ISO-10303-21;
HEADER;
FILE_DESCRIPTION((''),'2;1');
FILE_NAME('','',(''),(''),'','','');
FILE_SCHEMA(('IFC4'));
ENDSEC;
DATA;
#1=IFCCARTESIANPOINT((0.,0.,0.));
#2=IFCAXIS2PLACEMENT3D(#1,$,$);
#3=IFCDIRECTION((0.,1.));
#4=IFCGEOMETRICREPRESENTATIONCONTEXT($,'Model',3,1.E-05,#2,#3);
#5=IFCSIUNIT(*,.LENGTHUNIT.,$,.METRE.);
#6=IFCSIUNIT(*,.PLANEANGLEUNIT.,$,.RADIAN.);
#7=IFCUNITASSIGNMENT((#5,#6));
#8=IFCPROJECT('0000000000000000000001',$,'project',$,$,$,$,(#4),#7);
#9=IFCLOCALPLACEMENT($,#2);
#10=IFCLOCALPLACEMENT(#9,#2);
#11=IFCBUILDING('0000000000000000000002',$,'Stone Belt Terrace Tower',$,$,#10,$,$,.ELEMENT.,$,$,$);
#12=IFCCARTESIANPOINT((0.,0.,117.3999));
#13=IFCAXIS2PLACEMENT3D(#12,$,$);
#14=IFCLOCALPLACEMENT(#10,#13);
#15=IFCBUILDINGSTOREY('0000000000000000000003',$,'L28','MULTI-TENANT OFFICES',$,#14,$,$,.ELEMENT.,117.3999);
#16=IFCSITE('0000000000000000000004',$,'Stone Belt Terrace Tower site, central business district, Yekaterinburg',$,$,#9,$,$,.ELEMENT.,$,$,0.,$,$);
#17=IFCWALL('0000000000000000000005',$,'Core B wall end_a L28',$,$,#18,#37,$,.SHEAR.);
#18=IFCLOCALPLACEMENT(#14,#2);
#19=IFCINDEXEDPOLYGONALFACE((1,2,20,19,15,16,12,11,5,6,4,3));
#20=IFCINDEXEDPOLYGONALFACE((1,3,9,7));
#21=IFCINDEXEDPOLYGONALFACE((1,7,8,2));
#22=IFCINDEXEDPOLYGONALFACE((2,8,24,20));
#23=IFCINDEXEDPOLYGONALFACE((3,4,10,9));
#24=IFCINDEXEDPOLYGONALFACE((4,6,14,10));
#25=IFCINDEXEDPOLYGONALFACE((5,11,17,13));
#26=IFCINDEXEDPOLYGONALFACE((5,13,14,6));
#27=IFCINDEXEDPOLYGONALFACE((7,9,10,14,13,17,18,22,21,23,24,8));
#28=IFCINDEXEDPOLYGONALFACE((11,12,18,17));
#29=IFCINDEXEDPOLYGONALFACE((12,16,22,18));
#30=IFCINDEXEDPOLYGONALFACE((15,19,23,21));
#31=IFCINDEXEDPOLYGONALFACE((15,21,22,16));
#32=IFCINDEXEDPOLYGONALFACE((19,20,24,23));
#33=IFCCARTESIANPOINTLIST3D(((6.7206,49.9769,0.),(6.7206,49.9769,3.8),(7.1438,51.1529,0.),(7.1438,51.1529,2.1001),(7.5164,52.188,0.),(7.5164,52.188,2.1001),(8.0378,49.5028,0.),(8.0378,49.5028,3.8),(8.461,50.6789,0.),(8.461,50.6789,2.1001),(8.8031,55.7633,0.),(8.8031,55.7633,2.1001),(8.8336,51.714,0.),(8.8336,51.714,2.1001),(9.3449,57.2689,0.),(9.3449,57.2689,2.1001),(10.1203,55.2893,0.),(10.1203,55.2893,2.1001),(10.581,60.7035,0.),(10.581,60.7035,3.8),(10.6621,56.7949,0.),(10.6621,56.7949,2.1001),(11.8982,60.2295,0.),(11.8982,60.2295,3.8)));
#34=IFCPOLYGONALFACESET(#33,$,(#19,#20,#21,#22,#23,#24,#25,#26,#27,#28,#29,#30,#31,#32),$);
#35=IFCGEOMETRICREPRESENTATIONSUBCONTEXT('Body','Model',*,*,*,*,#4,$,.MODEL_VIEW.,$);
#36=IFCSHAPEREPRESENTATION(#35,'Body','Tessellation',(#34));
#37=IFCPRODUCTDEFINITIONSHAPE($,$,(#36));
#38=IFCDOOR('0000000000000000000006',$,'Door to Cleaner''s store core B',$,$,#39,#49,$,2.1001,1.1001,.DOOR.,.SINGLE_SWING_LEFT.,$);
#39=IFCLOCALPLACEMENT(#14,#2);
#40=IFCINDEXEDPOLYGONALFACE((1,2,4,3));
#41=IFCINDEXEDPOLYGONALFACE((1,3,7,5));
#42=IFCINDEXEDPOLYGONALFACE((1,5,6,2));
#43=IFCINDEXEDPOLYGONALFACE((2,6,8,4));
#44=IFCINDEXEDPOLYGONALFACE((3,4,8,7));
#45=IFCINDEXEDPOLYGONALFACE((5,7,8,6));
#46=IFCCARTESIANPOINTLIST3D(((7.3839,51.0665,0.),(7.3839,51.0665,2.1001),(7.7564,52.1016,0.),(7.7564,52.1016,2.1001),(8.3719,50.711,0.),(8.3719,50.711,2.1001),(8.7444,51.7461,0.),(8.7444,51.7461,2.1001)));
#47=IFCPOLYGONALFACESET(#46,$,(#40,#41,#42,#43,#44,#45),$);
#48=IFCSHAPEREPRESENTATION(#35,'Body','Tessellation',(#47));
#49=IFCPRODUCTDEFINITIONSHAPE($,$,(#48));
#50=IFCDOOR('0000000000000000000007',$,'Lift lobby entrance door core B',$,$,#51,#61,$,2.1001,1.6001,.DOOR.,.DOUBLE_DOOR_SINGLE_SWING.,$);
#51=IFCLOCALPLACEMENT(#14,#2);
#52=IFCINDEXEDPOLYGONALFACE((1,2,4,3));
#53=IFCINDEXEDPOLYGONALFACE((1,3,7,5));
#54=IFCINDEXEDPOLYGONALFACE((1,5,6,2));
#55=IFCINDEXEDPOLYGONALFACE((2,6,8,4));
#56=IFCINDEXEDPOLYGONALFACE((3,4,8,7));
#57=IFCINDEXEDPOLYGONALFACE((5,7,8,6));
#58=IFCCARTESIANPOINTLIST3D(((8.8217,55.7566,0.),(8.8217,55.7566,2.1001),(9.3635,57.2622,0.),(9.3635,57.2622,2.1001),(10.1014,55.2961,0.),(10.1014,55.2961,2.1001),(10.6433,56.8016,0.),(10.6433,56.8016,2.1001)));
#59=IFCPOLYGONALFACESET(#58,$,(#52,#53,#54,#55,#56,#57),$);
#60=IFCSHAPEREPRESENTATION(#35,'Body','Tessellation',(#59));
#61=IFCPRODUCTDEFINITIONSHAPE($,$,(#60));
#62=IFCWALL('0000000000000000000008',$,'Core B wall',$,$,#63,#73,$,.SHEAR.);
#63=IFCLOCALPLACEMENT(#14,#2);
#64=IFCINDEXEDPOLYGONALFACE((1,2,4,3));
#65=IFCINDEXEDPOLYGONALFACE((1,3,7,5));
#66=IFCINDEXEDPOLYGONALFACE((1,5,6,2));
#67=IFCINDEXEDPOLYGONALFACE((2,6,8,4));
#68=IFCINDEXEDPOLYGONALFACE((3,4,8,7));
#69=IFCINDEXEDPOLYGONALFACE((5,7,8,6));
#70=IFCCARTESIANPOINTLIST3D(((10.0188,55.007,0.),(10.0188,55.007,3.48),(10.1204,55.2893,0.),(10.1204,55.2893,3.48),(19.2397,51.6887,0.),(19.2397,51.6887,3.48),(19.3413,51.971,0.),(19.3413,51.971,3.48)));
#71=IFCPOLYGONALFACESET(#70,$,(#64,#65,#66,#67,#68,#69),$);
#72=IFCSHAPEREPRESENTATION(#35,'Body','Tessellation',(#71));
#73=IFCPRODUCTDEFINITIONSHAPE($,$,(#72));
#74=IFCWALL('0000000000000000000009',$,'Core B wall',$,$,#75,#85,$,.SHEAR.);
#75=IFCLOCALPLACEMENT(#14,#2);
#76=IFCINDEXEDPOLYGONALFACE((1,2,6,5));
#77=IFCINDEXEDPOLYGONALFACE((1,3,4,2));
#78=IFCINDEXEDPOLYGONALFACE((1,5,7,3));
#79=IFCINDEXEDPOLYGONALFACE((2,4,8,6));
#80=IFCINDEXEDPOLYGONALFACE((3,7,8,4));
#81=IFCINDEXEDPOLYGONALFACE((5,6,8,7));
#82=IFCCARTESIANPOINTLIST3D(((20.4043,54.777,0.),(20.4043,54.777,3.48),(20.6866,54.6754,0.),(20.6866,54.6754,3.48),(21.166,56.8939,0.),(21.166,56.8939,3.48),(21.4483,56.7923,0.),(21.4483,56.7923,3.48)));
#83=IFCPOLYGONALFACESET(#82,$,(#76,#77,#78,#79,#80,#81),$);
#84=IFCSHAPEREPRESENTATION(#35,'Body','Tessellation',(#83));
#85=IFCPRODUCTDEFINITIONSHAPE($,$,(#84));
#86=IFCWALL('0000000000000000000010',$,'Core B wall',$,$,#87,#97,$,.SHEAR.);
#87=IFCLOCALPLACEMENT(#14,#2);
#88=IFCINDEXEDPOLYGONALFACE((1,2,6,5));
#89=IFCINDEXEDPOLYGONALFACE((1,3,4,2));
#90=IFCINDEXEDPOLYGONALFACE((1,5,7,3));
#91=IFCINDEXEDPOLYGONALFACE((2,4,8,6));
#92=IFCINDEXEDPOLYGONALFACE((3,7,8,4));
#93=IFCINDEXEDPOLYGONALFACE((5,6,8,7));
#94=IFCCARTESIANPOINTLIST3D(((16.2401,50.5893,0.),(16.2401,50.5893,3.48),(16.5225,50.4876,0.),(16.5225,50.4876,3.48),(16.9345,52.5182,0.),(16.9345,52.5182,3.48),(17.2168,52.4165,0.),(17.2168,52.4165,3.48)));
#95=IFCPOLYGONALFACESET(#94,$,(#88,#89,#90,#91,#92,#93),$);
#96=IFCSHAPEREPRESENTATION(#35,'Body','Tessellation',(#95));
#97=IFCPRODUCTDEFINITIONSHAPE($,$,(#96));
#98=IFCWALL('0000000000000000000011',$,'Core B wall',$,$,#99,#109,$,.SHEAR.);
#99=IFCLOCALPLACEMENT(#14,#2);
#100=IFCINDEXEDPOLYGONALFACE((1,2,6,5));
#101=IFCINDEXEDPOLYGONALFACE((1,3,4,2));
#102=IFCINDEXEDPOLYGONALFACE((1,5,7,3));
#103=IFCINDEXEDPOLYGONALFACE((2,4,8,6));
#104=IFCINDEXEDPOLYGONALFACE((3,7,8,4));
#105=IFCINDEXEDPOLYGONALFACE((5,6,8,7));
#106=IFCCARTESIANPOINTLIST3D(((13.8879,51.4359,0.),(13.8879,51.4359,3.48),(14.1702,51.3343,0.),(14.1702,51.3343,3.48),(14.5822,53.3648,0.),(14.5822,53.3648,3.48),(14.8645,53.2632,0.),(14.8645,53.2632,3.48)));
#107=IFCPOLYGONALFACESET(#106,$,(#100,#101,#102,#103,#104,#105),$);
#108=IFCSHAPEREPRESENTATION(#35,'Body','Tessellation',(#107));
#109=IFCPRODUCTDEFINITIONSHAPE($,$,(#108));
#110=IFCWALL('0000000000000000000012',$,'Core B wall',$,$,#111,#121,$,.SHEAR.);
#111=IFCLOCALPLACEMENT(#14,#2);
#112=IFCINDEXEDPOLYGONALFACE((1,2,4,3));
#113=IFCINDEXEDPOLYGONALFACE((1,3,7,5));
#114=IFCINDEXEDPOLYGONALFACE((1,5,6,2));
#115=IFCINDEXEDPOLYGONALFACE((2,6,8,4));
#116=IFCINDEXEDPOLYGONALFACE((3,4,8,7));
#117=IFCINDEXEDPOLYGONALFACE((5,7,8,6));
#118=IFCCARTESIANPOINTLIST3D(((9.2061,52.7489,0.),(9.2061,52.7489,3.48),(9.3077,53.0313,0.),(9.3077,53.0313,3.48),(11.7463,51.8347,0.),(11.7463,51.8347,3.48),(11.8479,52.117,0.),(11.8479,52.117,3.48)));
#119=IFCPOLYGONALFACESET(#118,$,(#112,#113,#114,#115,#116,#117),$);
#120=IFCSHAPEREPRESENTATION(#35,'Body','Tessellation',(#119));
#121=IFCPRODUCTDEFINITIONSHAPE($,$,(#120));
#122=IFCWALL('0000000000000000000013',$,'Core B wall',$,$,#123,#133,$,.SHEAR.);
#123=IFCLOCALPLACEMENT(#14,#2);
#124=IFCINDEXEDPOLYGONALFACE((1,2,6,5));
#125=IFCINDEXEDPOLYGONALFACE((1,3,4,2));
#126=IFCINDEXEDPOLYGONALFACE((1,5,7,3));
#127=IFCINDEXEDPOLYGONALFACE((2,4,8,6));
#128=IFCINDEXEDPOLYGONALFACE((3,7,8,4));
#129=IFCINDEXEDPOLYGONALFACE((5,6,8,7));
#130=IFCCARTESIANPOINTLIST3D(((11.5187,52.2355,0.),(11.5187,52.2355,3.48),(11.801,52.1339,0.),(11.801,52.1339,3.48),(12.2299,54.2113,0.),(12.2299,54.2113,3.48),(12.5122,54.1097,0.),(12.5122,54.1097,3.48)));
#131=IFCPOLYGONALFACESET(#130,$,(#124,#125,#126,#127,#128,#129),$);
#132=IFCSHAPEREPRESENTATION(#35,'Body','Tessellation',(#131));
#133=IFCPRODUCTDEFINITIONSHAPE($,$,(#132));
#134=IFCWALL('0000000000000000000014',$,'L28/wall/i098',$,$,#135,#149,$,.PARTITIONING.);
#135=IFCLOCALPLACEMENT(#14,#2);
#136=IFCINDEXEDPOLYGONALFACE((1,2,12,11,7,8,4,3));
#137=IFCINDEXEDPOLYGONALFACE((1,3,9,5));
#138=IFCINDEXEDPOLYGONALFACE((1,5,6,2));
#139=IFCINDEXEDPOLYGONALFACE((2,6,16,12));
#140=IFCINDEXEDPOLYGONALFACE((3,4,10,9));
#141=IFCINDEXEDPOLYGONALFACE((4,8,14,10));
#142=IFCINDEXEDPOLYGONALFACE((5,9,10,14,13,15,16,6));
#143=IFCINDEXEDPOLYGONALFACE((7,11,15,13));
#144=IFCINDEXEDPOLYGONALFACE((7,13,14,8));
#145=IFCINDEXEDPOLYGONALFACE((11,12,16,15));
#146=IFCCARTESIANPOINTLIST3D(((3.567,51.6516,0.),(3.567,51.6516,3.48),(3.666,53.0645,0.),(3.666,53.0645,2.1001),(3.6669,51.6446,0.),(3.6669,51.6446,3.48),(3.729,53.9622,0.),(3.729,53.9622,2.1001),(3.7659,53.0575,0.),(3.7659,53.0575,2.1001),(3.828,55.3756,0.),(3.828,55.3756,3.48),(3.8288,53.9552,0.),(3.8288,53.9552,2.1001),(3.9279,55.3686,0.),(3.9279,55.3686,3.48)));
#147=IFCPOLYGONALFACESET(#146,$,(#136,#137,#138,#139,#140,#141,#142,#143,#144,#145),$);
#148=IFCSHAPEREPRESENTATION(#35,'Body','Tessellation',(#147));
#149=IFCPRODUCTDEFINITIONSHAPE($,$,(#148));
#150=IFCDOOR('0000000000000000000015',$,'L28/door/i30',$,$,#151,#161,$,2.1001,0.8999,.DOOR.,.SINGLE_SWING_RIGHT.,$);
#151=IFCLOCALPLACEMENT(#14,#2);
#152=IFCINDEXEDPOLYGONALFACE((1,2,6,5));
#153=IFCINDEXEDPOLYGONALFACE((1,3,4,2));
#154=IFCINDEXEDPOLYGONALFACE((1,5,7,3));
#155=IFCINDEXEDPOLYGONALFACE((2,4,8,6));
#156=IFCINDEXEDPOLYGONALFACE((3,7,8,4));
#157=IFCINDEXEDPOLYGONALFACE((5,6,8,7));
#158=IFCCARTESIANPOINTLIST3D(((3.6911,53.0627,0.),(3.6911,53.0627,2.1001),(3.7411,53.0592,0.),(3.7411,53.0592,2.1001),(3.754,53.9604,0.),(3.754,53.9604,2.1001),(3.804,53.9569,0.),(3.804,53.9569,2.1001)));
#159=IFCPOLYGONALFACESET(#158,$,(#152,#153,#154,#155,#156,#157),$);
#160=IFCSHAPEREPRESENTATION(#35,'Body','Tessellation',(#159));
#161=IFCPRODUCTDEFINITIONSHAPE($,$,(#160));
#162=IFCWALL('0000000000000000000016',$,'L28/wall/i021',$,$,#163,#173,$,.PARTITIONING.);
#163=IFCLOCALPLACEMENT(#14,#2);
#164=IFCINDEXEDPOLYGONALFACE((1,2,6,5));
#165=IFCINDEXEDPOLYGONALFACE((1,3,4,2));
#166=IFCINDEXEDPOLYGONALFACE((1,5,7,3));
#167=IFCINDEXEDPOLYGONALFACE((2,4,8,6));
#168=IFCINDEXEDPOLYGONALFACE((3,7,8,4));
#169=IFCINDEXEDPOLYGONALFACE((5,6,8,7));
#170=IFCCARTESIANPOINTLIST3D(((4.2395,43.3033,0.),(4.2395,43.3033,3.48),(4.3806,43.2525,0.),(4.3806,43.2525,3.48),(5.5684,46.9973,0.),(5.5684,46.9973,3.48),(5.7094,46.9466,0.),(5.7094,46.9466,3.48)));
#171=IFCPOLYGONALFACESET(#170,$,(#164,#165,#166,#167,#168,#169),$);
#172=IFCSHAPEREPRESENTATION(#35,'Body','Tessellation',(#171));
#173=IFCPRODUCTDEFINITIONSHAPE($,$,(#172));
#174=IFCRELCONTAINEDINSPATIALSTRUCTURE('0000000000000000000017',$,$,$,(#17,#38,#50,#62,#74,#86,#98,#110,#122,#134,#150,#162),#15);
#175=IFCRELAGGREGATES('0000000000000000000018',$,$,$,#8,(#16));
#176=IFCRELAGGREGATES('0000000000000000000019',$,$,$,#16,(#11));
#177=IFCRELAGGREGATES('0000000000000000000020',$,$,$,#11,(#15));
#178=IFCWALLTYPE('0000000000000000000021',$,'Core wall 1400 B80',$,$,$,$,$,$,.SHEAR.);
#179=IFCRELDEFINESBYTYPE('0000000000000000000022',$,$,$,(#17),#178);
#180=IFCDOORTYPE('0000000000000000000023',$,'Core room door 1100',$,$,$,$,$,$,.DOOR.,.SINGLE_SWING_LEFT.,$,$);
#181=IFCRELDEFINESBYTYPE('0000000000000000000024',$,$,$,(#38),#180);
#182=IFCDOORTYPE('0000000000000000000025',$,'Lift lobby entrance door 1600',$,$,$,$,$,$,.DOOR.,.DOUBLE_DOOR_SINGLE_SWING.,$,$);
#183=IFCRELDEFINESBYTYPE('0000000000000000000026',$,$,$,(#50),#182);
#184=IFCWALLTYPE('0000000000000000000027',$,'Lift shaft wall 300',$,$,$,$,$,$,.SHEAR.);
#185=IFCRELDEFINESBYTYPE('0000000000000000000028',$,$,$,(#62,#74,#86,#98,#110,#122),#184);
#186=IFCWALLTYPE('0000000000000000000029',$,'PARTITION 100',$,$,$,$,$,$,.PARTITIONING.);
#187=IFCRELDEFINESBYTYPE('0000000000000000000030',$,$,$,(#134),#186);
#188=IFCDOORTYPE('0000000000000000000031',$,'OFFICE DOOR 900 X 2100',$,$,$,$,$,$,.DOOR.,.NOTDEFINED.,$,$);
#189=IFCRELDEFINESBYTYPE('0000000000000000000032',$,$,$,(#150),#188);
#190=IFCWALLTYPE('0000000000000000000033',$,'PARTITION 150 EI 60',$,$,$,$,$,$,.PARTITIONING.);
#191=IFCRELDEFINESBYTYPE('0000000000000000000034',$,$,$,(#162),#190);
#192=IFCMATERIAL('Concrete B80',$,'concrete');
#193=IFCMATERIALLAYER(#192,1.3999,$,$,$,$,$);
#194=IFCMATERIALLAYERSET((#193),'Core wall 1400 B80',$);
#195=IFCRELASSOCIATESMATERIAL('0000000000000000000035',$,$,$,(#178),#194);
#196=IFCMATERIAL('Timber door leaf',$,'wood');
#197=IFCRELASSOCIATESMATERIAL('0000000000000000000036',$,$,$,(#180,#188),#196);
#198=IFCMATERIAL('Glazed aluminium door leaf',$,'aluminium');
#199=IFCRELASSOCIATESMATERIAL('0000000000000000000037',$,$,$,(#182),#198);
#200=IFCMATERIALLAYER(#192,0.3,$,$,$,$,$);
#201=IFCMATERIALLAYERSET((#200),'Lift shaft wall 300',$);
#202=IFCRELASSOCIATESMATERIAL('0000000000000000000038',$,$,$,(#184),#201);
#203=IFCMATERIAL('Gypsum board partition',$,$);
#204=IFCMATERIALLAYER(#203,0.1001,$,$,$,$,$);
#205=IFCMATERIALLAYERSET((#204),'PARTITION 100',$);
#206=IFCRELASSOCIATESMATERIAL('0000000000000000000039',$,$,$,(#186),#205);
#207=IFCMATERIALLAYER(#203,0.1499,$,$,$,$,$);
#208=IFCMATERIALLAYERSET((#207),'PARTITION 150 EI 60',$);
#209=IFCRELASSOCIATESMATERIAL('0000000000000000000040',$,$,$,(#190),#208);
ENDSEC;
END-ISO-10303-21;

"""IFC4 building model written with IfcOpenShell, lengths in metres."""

from ifc_helpers import new_model, si_unit, direction, frame, frame_2d, origin, place, context, subcontext, project, spatial, rectangle, extrude, material, layer, layer_set, type_object, element, fill, save


model = new_model("IFC4")

# Units and contexts
model_context = context("Model", 3, precision=1e-05, world=origin(), true_north=direction((0.0, 1.0)))
body_context = subcontext(model_context, "Body", "Model", "MODEL_VIEW")
ifc_project = project(units=[si_unit("LENGTHUNIT", "METRE"), si_unit("PLANEANGLEUNIT", "RADIAN")], contexts=[model_context])

# Site, building, storey
site_placement = place(None, origin())
site = spatial("IfcSite", under=ifc_project, at=site_placement, Name="Stone Belt Terrace Tower site, central business district, Yekaterinburg", CompositionType="ELEMENT", RefElevation=0.0)
building_placement = place(site_placement, origin())
building = spatial("IfcBuilding", under=site, at=building_placement, Name="Stone Belt Terrace Tower", CompositionType="ELEMENT")
storey_placement = place(building_placement, frame((0.0, 0.0, 117.3999)))
storey = spatial("IfcBuildingStorey", under=building, at=storey_placement, Name="L28", Description="MULTI-TENANT OFFICES", CompositionType="ELEMENT", Elevation=117.3999)

# Shared definitions
ifc_material_1 = material(Name="Concrete B80", Category="concrete")

# Shared definitions
ifc_material_2 = material(Name="Glazed aluminium door leaf", Category="aluminium")

# Wall, openings, doors
ifc_layer_1 = layer(ifc_material_1, 1.3999)
ifc_layer_set_1 = layer_set([ifc_layer_1], Name="Core wall 1400 B80")
wall_type_1 = type_object("IfcWallType", Name="Core wall 1400 B80", PredefinedType="SHEAR", material=ifc_layer_set_1)
ifc_material_3 = material(Name="Timber door leaf", Category="wood")
door_type_1 = type_object("IfcDoorType", Name="Core room door 1100", OperationType="SINGLE_SWING_LEFT", PredefinedType="DOOR", material=ifc_material_3)
wall_1_placement = place(storey_placement, frame((7.3792, 49.7397, 0.0), z_axis=(0.0, 0.0, 1.0), x_axis=(0.338625, 0.940921, 0.0)))
wall_1 = element("IfcWall", 1, at=wall_1_placement, inside=storey, type_object=wall_type_1, Name="Core B wall end_a L28", PredefinedType="SHEAR", context=body_context, shape_type="SweptSolid", body=[
    extrude(rectangle(XDim=11.4001, YDim=1.3999, at=frame_2d((5.7002, 0.0))), origin(), (0.0, 0.0, 1.0), 3.8),
])
opening_1_placement = place(wall_1_placement, frame((6.1499, 0.0, 0.0)))
opening_1 = element("IfcOpeningElement", 2, at=opening_1_placement, cuts=wall_1, PredefinedType="OPENING", context=body_context, shape_type="SweptSolid", body=[
    extrude(rectangle(XDim=1.6001, YDim=2.1001, at=frame_2d((0.8, 1.05))), frame((0.0, 0.71, 0.0), z_axis=(0.0, -1.0, 0.0), x_axis=(1.0, 0.0, 0.0)), (0.0, 0.0, 1.0), 1.4199),
])
opening_2_placement = place(wall_1_placement, frame((1.25, 0.0, 0.0)))
opening_2 = element("IfcOpeningElement", 3, at=opening_2_placement, cuts=wall_1, PredefinedType="OPENING", context=body_context, shape_type="SweptSolid", body=[
    extrude(rectangle(XDim=1.1001, YDim=2.1001, at=frame_2d((0.55, 1.05))), frame((0.0, 0.71, 0.0), z_axis=(0.0, -1.0, 0.0), x_axis=(1.0, 0.0, 0.0)), (0.0, 0.0, 1.0), 1.4199),
])
door_1_placement = place(opening_2_placement, origin())
door_1 = element("IfcDoor", 4, at=door_1_placement, inside=storey, type_object=door_type_1, Name="Door to Cleaner's store core B", OperationType="SINGLE_SWING_LEFT", OverallHeight=2.1001, OverallWidth=1.1001, PredefinedType="DOOR", context=body_context, shape_type="SweptSolid", body=[
    extrude(rectangle(XDim=1.1001, YDim=2.1001, at=frame_2d((0.55, 1.05))), frame((0.0, 0.4448, 0.0), z_axis=(0.0, -1.0, 0.0), x_axis=(1.0, 0.0, 0.0)), (0.0, 0.0, 1.0), 1.05),
])
fill(opening_2, door_1)
door_type_2 = type_object("IfcDoorType", Name="Lift lobby entrance door 1600", OperationType="DOUBLE_DOOR_SINGLE_SWING", PredefinedType="DOOR", material=ifc_material_2)
door_2_placement = place(opening_1_placement, origin())
door_2 = element("IfcDoor", 5, at=door_2_placement, inside=storey, type_object=door_type_2, Name="Lift lobby entrance door core B", OperationType="DOUBLE_DOOR_SINGLE_SWING", OverallHeight=2.1001, OverallWidth=1.6001, PredefinedType="DOOR", context=body_context, shape_type="SweptSolid", body=[
    extrude(rectangle(XDim=1.6001, YDim=2.1001, at=frame_2d((0.8, 1.05))), frame((0.0, 0.6802, 0.0), z_axis=(0.0, -1.0, 0.0), x_axis=(1.0, 0.0, 0.0)), (0.0, 0.0, 1.0), 1.3601),
])
fill(opening_1, door_2)

# Walls
ifc_layer_2 = layer(ifc_material_1, 0.3)
ifc_layer_set_2 = layer_set([ifc_layer_2], Name="Lift shaft wall 300")
wall_type_2 = type_object("IfcWallType", Name="Lift shaft wall 300", PredefinedType="SHEAR", material=ifc_layer_set_2)
wall_2_placement = place(storey_placement, frame((19.2905, 51.8298, 0.0), z_axis=(0.0, 0.0, 1.0), x_axis=(-0.940926, 0.338613, 0.0)))
element("IfcWall", 6, at=wall_2_placement, inside=storey, type_object=wall_type_2, Name="Core B wall", PredefinedType="SHEAR", context=body_context, shape_type="SweptSolid", body=[
    extrude(rectangle(XDim=9.7998, YDim=0.3, at=frame_2d((4.8999, 0.0))), origin(), (0.0, 0.0, 1.0), 3.48),
])
wall_3_placement = place(storey_placement, frame((20.5454, 54.7261, 0.0), z_axis=(0.0, 0.0, 1.0), x_axis=(0.33857, 0.940941, 0.0)))
element("IfcWall", 7, at=wall_3_placement, inside=storey, type_object=wall_type_2, Name="Core B wall", PredefinedType="SHEAR", context=body_context, shape_type="SweptSolid", body=[
    extrude(rectangle(XDim=2.2498, YDim=0.3, at=frame_2d((1.125, 0.0))), origin(), (0.0, 0.0, 1.0), 3.48),
])
for number, where, z_axis, x_axis, name in (
    (8, (16.3813, 50.5386, 0.0), (0.0, 0.0, 1.0), (0.338682, 0.940901, 0.0), "Core B wall"),
    (9, (14.0291, 51.3853, 0.0), (0.0, 0.0, 1.0), (0.338682, 0.940901, 0.0), "Core B wall"),
):
    element("IfcWall", number, at=place(storey_placement, frame(where, z_axis=z_axis, x_axis=x_axis)), inside=storey, type_object=wall_type_2, Name=name, PredefinedType="SHEAR", context=body_context, shape_type="SweptSolid", body=[
        extrude(rectangle(XDim=2.05, YDim=0.3, at=frame_2d((1.0249, 0.0))), origin(), (0.0, 0.0, 1.0), 3.48),
    ])
wall_4_placement = place(storey_placement, frame((11.7971, 51.9758, 0.0), z_axis=(0.0, 0.0, 1.0), x_axis=(-0.94091, 0.338655, 0.0)))
element("IfcWall", 10, at=wall_4_placement, inside=storey, type_object=wall_type_2, Name="Core B wall", PredefinedType="SHEAR", context=body_context, shape_type="SweptSolid", body=[
    extrude(rectangle(XDim=2.6997, YDim=0.3, at=frame_2d((1.3499, 0.0))), origin(), (0.0, 0.0, 1.0), 3.48),
])
wall_5_placement = place(storey_placement, frame((11.6599, 52.1848, 0.0), z_axis=(0.0, 0.0, 1.0), x_axis=(0.33867, 0.940905, 0.0)))
element("IfcWall", 11, at=wall_5_placement, inside=storey, type_object=wall_type_2, Name="Core B wall", PredefinedType="SHEAR", context=body_context, shape_type="SweptSolid", body=[
    extrude(rectangle(XDim=2.0999, YDim=0.3, at=frame_2d((1.0498, 0.0))), origin(), (0.0, 0.0, 1.0), 3.48),
])

# Wall, opening, door
ifc_material_4 = material(Name="Gypsum board partition")
ifc_layer_3 = layer(ifc_material_4, 0.1001)
ifc_layer_set_3 = layer_set([ifc_layer_3], Name="PARTITION 100")
wall_type_3 = type_object("IfcWallType", Name="PARTITION 100", PredefinedType="PARTITIONING", material=ifc_layer_set_3)
wall_6_placement = place(storey_placement, frame((3.6169, 51.6479, 0.0), z_axis=(0.0, 0.0, 1.0), x_axis=(0.069909, 0.997553, 0.0)))
wall_6 = element("IfcWall", 12, at=wall_6_placement, inside=storey, type_object=wall_type_3, Name="L28/wall/i098", PredefinedType="PARTITIONING", context=body_context, shape_type="SweptSolid", body=[
    extrude(rectangle(XDim=3.7332, YDim=0.1001, at=frame_2d((1.8667, 0.0))), origin(), (0.0, 0.0, 1.0), 3.48),
])
opening_3_placement = place(wall_6_placement, frame((1.4165, 0.0, 0.0)))
opening_3 = element("IfcOpeningElement", 13, at=opening_3_placement, cuts=wall_6, PredefinedType="OPENING", context=body_context, shape_type="SweptSolid", body=[
    extrude(rectangle(XDim=0.8999, YDim=2.1001, at=frame_2d((0.45, 1.05))), frame((0.0, 0.0601, 0.0), z_axis=(0.0, -1.0, 0.0), x_axis=(1.0, 0.0, 0.0)), (0.0, 0.0, 1.0), 0.1201),
])
door_type_3 = type_object("IfcDoorType", Name="OFFICE DOOR 900 X 2100", OperationType="NOTDEFINED", PredefinedType="DOOR", material=ifc_material_3)
door_3_placement = place(opening_3_placement, origin())
door_3 = element("IfcDoor", 14, at=door_3_placement, inside=storey, type_object=door_type_3, Name="L28/door/i30", OperationType="SINGLE_SWING_RIGHT", OverallHeight=2.1001, OverallWidth=0.8999, PredefinedType="DOOR", context=body_context, shape_type="SweptSolid", body=[
    extrude(rectangle(XDim=0.8999, YDim=2.1001, at=frame_2d((0.45, 1.05))), frame((0.0, 0.0249, 0.0), z_axis=(0.0, -1.0, 0.0), x_axis=(1.0, 0.0, 0.0)), (0.0, 0.0, 1.0), 0.05),
])
fill(opening_3, door_3)

# Wall
ifc_layer_4 = layer(ifc_material_4, 0.1499)
ifc_layer_set_4 = layer_set([ifc_layer_4], Name="PARTITION 150 EI 60")
wall_type_4 = type_object("IfcWallType", Name="PARTITION 150 EI 60", PredefinedType="PARTITIONING", material=ifc_layer_set_4)
wall_7_placement = place(storey_placement, frame((5.6389, 46.9719, 0.0), z_axis=(0.0, 0.0, 1.0), x_axis=(-0.33849, -0.94097, 0.0)))
element("IfcWall", 15, at=wall_7_placement, inside=storey, type_object=wall_type_4, Name="L28/wall/i021", PredefinedType="PARTITIONING", context=body_context, shape_type="SweptSolid", body=[
    extrude(rectangle(XDim=3.9258, YDim=0.1499, at=frame_2d((1.9629, 0.0))), origin(), (0.0, 0.0, 1.0), 3.48),
])

save(model, "model.ifc")
